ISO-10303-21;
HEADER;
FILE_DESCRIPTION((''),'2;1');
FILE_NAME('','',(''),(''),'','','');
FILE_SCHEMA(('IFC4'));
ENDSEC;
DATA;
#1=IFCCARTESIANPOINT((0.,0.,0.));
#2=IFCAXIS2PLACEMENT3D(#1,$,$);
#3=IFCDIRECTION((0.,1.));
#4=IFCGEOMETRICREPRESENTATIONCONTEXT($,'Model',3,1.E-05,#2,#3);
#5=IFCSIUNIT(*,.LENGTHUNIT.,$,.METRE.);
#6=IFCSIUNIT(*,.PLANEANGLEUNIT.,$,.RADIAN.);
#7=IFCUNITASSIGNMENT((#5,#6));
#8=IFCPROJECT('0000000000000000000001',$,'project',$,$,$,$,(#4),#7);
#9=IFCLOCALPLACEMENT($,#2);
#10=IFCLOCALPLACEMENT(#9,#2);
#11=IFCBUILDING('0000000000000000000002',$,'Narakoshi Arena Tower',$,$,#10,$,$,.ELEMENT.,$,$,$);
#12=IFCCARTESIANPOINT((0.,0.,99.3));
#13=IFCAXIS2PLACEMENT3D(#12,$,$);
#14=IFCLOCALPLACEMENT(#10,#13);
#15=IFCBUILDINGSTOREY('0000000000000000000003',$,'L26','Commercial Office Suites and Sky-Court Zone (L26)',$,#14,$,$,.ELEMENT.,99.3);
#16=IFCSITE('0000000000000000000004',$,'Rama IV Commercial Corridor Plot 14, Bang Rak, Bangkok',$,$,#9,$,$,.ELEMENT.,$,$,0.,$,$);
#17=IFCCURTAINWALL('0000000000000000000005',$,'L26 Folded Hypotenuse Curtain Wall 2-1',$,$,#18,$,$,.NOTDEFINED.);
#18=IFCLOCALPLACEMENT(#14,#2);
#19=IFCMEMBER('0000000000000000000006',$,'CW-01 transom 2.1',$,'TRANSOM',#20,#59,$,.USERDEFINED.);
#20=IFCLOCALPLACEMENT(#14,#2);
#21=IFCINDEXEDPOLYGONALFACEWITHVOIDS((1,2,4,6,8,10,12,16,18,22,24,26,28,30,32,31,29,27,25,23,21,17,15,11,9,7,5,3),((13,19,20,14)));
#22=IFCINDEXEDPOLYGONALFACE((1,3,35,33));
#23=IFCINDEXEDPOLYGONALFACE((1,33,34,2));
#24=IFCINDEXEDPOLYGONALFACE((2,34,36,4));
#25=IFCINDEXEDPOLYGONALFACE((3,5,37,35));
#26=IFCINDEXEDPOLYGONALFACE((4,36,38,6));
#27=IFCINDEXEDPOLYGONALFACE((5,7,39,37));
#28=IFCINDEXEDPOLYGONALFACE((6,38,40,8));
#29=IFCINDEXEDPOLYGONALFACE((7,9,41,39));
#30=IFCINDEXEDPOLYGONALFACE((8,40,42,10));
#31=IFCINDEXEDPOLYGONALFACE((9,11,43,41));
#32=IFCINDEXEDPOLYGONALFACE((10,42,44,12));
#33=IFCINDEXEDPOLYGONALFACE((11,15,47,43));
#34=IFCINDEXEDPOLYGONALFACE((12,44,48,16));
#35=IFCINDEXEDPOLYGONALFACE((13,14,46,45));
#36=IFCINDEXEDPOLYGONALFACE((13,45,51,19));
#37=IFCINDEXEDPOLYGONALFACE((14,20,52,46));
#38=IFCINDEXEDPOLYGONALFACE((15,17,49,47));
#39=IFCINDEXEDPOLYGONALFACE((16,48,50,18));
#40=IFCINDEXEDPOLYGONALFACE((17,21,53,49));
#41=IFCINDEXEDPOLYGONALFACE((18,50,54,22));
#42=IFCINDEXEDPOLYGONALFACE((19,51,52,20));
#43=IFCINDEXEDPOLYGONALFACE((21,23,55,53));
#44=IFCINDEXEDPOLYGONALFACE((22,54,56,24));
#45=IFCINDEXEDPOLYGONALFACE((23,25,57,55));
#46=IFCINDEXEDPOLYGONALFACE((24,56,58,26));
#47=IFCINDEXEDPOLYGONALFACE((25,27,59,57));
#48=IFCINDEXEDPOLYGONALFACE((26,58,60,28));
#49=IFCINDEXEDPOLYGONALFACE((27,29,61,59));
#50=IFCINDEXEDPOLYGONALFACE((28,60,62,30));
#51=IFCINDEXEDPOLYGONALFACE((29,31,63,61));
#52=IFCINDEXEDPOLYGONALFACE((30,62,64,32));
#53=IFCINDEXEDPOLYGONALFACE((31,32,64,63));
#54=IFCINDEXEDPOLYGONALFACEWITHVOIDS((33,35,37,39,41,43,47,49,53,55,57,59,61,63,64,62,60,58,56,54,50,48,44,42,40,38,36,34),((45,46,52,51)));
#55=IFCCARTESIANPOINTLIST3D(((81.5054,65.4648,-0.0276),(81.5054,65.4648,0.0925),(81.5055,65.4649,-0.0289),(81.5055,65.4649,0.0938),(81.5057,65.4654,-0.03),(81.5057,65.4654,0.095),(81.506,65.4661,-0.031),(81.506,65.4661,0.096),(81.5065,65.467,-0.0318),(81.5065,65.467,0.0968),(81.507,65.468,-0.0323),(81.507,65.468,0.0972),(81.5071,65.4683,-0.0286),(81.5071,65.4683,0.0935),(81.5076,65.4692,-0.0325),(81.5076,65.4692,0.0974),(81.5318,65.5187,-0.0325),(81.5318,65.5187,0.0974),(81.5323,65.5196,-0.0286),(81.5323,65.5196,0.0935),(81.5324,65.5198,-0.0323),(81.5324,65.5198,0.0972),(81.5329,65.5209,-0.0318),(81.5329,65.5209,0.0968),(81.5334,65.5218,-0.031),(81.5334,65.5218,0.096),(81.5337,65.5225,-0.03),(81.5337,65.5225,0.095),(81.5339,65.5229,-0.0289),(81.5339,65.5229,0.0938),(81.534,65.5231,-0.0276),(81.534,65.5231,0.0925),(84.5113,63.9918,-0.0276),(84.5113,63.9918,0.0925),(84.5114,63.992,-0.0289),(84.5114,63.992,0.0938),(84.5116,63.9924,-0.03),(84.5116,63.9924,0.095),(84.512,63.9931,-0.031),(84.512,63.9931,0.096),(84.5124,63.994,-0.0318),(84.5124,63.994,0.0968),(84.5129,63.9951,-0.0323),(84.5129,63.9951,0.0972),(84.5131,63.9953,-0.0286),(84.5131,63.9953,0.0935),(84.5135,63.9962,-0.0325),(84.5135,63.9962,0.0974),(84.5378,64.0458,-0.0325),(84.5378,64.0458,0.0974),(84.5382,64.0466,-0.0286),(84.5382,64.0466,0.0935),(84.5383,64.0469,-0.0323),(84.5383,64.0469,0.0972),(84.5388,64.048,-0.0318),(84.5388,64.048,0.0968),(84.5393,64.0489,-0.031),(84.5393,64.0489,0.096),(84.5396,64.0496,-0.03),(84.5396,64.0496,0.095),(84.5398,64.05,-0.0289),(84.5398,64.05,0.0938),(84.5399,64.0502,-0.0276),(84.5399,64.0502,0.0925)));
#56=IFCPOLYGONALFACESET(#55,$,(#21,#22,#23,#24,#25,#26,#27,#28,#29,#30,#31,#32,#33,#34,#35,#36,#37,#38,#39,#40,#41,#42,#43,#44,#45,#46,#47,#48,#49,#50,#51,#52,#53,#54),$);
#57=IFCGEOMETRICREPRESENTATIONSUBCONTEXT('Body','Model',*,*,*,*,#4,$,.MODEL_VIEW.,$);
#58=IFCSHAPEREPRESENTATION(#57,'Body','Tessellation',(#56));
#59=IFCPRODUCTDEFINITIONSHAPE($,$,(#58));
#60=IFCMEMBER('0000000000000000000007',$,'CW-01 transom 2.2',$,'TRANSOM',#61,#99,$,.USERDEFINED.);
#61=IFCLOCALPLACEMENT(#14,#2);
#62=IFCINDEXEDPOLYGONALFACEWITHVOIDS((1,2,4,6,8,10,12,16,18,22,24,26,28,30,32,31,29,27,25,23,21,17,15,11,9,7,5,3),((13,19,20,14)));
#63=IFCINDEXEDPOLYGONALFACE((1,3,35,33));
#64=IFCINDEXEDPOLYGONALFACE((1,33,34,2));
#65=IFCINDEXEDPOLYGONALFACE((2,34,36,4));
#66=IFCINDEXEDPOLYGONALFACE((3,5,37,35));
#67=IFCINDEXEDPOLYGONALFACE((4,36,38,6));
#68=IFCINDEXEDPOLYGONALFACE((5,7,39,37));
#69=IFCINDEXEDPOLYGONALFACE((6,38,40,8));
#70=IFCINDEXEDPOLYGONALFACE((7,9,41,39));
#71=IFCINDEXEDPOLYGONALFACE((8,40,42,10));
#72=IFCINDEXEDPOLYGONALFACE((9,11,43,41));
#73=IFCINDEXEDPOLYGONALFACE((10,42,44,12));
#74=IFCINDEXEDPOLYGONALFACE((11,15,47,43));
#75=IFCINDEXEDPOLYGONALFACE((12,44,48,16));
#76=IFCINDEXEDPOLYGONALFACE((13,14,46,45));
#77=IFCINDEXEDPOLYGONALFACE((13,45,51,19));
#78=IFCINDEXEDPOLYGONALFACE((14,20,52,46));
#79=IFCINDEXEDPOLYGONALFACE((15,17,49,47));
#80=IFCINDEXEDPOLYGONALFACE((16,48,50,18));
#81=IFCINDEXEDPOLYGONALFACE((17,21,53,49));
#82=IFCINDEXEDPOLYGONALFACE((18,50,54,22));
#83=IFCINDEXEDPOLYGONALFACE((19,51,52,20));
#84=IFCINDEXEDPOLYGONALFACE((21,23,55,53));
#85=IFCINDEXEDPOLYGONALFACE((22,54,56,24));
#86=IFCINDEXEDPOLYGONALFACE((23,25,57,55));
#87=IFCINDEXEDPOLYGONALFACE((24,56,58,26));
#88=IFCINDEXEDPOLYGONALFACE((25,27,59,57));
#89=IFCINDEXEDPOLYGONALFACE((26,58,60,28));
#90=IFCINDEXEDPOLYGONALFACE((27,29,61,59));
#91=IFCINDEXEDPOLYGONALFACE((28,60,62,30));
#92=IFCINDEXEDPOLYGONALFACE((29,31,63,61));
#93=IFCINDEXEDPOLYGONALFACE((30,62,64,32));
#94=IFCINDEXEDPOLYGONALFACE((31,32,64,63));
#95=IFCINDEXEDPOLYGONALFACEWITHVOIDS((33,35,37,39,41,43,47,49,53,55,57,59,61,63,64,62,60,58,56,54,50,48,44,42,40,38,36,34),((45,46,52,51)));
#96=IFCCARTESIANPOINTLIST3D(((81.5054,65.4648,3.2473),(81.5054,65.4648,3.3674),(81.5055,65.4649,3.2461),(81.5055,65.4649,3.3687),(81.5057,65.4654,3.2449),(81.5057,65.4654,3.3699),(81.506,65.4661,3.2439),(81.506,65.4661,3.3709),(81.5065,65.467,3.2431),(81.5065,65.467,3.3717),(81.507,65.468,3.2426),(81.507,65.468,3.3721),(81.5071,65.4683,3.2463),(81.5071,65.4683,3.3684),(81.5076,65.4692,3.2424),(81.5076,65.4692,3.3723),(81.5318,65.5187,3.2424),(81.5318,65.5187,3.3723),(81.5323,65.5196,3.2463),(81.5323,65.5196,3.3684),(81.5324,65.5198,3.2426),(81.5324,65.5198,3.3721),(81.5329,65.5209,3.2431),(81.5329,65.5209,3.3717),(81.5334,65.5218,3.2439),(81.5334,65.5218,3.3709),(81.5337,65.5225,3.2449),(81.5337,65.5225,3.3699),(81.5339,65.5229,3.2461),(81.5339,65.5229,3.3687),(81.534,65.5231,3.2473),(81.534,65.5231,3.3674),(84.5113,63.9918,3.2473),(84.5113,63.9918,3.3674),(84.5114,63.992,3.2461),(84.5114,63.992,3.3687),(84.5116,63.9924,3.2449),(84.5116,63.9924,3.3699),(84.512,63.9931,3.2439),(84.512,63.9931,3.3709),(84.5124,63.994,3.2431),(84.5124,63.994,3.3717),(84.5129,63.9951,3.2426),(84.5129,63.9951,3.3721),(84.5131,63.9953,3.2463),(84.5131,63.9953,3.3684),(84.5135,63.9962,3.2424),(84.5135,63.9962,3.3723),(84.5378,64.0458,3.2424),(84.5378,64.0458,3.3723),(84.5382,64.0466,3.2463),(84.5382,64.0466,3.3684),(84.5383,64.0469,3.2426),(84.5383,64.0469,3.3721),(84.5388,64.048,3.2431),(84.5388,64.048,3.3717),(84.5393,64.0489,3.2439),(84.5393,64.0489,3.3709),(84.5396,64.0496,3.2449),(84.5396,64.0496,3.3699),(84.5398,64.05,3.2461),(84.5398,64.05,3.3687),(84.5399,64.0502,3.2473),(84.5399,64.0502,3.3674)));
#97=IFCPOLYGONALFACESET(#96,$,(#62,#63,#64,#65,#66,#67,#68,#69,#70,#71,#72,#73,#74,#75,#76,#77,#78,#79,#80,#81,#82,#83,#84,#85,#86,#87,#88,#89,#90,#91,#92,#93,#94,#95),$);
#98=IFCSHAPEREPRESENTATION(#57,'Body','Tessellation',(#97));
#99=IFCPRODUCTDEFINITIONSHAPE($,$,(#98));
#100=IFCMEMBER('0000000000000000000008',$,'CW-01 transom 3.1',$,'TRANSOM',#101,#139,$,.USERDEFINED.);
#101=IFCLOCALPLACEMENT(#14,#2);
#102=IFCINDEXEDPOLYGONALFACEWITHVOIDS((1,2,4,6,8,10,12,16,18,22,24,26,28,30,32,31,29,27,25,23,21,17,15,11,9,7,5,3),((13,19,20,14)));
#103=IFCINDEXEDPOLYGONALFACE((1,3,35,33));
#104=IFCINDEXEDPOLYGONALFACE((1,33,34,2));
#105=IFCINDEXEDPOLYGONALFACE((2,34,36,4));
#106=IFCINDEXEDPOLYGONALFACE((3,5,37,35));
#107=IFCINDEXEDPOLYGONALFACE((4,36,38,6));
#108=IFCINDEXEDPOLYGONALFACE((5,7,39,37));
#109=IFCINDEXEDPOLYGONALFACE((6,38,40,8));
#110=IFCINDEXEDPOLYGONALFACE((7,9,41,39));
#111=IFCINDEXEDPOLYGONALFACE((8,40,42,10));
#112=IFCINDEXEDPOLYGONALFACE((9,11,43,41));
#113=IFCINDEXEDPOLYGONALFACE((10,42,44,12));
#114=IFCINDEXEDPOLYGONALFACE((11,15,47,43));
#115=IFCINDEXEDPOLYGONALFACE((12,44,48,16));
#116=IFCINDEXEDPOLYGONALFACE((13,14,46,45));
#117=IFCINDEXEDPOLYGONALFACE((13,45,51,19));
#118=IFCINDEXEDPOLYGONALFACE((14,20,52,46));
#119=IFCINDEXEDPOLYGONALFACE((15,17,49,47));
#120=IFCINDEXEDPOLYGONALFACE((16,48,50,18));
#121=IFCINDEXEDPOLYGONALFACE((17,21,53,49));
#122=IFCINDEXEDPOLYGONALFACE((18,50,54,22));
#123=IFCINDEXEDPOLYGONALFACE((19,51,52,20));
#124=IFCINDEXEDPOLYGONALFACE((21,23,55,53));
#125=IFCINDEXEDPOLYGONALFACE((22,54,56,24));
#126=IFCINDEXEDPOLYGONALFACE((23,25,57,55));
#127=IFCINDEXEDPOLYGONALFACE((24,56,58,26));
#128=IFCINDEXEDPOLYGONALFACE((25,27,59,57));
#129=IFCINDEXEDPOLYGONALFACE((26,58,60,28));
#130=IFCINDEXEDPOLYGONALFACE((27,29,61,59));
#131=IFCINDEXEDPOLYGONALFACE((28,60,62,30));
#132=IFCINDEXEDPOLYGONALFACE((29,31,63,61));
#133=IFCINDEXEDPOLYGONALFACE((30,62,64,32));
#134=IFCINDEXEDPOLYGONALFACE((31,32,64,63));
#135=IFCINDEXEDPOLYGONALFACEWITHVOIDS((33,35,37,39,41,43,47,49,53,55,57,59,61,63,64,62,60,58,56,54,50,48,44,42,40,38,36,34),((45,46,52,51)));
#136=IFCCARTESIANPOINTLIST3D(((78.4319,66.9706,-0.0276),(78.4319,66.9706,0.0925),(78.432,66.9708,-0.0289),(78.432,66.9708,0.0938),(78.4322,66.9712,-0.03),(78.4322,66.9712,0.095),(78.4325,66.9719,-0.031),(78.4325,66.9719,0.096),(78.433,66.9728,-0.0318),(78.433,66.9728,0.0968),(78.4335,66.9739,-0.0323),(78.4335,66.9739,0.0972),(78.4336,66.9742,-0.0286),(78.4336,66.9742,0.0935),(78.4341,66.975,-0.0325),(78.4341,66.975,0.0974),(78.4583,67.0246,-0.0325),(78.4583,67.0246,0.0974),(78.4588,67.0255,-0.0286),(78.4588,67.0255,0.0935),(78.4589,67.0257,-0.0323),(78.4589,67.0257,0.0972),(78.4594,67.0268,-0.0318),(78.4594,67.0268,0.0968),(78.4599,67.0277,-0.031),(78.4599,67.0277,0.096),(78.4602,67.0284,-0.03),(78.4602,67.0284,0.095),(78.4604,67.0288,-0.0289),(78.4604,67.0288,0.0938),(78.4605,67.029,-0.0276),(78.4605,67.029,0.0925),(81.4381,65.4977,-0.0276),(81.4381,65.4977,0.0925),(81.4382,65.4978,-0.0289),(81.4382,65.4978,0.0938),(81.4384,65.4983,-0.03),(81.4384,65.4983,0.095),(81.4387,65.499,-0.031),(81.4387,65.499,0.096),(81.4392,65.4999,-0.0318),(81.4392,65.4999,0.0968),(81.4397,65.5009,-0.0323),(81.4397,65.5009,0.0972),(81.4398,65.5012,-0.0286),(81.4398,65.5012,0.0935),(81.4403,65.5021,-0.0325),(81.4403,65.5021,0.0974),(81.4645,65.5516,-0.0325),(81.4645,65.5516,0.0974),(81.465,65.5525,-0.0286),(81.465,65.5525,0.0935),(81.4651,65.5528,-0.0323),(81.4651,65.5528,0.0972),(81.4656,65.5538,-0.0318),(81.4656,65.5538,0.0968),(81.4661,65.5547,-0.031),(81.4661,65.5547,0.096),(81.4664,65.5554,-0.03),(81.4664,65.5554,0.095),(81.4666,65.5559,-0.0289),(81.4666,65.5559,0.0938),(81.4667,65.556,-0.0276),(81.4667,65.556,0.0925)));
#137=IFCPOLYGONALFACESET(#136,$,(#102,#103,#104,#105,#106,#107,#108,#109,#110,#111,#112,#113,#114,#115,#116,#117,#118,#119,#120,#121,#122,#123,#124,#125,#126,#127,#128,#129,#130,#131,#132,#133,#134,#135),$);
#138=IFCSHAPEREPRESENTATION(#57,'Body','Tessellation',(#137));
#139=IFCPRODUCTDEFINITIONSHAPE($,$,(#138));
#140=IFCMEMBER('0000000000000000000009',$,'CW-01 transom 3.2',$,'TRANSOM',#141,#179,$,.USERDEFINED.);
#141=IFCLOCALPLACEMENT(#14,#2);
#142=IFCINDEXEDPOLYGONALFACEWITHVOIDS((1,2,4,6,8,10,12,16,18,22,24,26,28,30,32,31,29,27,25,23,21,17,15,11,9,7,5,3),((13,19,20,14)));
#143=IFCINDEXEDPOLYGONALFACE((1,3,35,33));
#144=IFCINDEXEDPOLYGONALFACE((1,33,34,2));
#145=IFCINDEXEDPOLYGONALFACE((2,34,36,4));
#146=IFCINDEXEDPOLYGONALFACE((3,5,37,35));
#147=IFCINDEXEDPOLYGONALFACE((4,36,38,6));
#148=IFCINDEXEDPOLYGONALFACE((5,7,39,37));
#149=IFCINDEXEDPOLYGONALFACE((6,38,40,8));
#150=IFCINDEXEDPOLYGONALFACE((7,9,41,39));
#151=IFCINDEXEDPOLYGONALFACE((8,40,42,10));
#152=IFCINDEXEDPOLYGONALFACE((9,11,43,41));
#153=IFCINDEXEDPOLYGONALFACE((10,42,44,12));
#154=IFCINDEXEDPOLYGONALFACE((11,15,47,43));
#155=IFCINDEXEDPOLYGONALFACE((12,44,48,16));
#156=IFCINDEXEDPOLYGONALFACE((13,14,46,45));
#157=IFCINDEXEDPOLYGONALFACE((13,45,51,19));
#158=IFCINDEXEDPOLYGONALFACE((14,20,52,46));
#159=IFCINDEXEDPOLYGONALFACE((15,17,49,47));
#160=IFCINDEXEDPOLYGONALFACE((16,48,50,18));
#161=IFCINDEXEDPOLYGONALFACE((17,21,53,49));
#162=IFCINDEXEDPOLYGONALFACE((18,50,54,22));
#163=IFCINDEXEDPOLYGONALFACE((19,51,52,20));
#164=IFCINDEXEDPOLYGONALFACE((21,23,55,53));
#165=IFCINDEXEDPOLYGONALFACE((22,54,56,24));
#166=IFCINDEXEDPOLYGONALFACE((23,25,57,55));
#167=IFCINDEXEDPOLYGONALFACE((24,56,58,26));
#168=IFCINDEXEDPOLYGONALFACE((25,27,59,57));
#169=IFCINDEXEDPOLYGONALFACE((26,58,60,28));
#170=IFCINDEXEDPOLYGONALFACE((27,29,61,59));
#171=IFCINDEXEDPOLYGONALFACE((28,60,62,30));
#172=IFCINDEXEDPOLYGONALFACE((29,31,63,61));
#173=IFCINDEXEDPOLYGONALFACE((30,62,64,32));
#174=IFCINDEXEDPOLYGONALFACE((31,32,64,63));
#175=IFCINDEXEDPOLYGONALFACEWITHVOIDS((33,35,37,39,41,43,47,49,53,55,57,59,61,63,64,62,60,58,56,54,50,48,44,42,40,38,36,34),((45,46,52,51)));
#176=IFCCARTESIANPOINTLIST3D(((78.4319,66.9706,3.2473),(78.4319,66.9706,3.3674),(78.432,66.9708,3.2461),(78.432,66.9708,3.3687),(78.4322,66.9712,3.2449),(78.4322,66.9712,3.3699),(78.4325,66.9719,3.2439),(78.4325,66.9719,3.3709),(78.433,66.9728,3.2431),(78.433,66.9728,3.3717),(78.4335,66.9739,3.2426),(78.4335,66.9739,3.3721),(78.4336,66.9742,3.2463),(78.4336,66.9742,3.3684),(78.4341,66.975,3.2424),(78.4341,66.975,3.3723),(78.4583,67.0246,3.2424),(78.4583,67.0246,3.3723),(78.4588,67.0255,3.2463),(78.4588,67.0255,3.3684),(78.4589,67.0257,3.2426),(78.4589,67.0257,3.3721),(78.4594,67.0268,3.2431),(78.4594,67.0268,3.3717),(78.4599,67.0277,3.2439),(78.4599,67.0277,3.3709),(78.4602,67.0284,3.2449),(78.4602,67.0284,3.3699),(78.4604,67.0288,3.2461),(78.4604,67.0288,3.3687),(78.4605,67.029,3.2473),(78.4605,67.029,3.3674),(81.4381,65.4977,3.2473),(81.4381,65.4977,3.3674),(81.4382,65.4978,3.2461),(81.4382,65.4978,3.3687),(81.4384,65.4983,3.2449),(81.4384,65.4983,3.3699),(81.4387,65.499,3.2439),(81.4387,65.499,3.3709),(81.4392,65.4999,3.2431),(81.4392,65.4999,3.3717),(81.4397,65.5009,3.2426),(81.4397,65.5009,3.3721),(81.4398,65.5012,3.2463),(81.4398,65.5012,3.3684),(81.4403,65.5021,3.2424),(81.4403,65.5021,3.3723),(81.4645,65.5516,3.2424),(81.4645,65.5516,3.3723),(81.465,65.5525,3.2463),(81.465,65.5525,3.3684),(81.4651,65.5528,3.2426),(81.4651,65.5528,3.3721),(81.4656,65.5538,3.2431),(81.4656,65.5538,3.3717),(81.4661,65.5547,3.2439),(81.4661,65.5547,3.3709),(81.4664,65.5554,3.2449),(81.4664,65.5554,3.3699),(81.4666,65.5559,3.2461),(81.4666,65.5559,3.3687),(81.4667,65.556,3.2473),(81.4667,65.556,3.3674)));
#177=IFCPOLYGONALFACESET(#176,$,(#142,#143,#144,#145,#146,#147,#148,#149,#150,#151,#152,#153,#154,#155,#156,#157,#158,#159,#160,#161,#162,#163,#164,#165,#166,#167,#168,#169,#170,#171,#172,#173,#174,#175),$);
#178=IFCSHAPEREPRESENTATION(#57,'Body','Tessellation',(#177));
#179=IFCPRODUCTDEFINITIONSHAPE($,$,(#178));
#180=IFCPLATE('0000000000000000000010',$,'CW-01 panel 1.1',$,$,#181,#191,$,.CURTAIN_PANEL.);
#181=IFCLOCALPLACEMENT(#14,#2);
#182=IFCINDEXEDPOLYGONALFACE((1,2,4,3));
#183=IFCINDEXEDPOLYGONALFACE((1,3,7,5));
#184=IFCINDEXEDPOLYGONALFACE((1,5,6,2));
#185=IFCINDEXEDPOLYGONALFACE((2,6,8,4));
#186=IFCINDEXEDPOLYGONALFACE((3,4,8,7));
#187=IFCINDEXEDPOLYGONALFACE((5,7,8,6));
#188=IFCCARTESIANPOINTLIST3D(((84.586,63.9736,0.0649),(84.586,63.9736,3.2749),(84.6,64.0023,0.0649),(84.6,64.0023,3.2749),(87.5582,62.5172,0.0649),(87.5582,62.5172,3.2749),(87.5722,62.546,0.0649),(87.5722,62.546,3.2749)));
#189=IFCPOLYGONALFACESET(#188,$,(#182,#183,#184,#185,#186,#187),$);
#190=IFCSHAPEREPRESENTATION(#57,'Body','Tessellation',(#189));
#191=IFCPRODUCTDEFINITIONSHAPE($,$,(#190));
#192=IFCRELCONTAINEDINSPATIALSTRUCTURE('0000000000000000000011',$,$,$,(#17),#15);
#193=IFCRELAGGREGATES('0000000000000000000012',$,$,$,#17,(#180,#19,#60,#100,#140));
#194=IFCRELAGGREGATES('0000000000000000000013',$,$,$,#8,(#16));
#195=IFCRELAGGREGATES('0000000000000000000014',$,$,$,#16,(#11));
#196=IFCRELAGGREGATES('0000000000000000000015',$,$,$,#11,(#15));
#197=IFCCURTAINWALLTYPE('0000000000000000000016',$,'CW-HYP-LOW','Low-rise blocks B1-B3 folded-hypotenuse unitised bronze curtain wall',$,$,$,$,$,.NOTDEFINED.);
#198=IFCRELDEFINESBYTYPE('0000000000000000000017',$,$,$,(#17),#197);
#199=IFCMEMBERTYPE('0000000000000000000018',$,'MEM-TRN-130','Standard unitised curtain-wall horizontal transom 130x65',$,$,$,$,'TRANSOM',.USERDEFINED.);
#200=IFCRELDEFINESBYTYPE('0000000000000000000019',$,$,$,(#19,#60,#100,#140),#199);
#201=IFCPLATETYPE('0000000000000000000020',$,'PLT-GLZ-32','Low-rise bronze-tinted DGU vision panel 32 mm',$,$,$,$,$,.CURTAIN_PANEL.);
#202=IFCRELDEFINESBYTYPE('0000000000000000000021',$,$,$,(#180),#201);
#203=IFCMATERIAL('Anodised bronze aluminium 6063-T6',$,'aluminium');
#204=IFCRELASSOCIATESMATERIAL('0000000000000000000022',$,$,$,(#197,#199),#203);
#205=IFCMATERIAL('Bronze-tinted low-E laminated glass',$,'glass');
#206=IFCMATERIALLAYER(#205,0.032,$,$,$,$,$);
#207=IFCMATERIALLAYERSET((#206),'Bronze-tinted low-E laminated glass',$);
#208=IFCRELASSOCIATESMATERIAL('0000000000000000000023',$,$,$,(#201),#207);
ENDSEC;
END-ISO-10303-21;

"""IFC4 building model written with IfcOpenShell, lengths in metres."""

from ifc_helpers import new_model, si_unit, direction, frame, origin, origin_2d, place, context, subcontext, project, spatial, rectangle, hollow_rectangle, extrude, material, layer, layer_set, material_profile, profile_set, type_object, element, aggregate, save


model = new_model("IFC4")

# Units and contexts
model_context = context("Model", 3, precision=1e-05, world=origin(), true_north=direction((0.0, 1.0)))
body_context = subcontext(model_context, "Body", "Model", "MODEL_VIEW")
ifc_project = project(units=[si_unit("LENGTHUNIT", "METRE"), si_unit("PLANEANGLEUNIT", "RADIAN")], contexts=[model_context])

# Site, building, storey
site_placement = place(None, origin())
site = spatial("IfcSite", under=ifc_project, at=site_placement, Name="Rama IV Commercial Corridor Plot 14, Bang Rak, Bangkok", CompositionType="ELEMENT", RefElevation=0.0)
building_placement = place(site_placement, origin())
building = spatial("IfcBuilding", under=site, at=building_placement, Name="Narakoshi Arena Tower", CompositionType="ELEMENT")
storey_placement = place(building_placement, frame((0.0, 0.0, 99.3)))
storey = spatial("IfcBuildingStorey", under=building, at=storey_placement, Name="L26", Description="Commercial Office Suites and Sky-Court Zone (L26)", CompositionType="ELEMENT", Elevation=99.3)

# Curtain wall, members, plate
ifc_material_1 = material(Name="Anodised bronze aluminium 6063-T6", Category="aluminium")
curtain_wall_type = type_object("IfcCurtainWallType", Name="CW-HYP-LOW", Description="Low-rise blocks B1-B3 folded-hypotenuse unitised bronze curtain wall", PredefinedType="NOTDEFINED", material=ifc_material_1)
curtain_wall_placement = place(storey_placement, origin())
curtain_wall = element("IfcCurtainWall", 1, at=curtain_wall_placement, inside=storey, type_object=curtain_wall_type, Name="L26 Folded Hypotenuse Curtain Wall 2-1", PredefinedType="NOTDEFINED")
ifc_material_profile_1 = material_profile(ifc_material_1, hollow_rectangle(XDim=0.0649, YDim=0.1299, WallThickness=0.0039, OuterFilletRadius=0.0049, at=origin_2d()), Name="TRN130x65x4")
ifc_profile_set_1 = profile_set([ifc_material_profile_1], Name="Anodised bronze aluminium 6063-T6")
member_type_1 = type_object("IfcMemberType", Name="MEM-TRN-130", Description="Standard unitised curtain-wall horizontal transom 130x65", ElementType="TRANSOM", PredefinedType="USERDEFINED", material=ifc_profile_set_1)
member_1_placement = place(storey_placement, frame((84.5256, 64.021, 0.0325), z_axis=(-0.897987, 0.440022, 0.0), x_axis=(-0.440022, -0.897987, 0.0)))
member_1 = element("IfcMember", 2, at=member_1_placement, type_object=member_type_1, Name="CW-01 transom 2.1", ObjectType="TRANSOM", PredefinedType="USERDEFINED", context=body_context, shape_type="SweptSolid", body=[
    extrude(hollow_rectangle(XDim=0.0649, YDim=0.1299, WallThickness=0.0039, OuterFilletRadius=0.0049, at=origin_2d()), origin(), (0.0, 0.0, 1.0), 3.3474),
])
member_2_placement = place(storey_placement, frame((84.5256, 64.021, 3.3074), z_axis=(-0.897987, 0.440022, 0.0), x_axis=(-0.440022, -0.897987, 0.0)))
member_2 = element("IfcMember", 3, at=member_2_placement, type_object=member_type_1, Name="CW-01 transom 2.2", ObjectType="TRANSOM", PredefinedType="USERDEFINED", context=body_context, shape_type="SweptSolid", body=[
    extrude(hollow_rectangle(XDim=0.0649, YDim=0.1299, WallThickness=0.0039, OuterFilletRadius=0.0049, at=origin_2d()), origin(), (0.0, 0.0, 1.0), 3.3474),
])
member_3_placement = place(storey_placement, frame((81.4524, 65.5269, 0.0325), z_axis=(-0.898001, 0.439993, 0.0), x_axis=(-0.439993, -0.898001, 0.0)))
member_3 = element("IfcMember", 4, at=member_3_placement, type_object=member_type_1, Name="CW-01 transom 3.1", ObjectType="TRANSOM", PredefinedType="USERDEFINED", context=body_context, shape_type="SweptSolid", body=[
    extrude(hollow_rectangle(XDim=0.0649, YDim=0.1299, WallThickness=0.0039, OuterFilletRadius=0.0049, at=origin_2d()), origin(), (0.0, 0.0, 1.0), 3.3477),
])
member_4_placement = place(storey_placement, frame((81.4524, 65.5269, 3.3074), z_axis=(-0.898001, 0.439993, 0.0), x_axis=(-0.439993, -0.898001, 0.0)))
member_4 = element("IfcMember", 5, at=member_4_placement, type_object=member_type_1, Name="CW-01 transom 3.2", ObjectType="TRANSOM", PredefinedType="USERDEFINED", context=body_context, shape_type="SweptSolid", body=[
    extrude(hollow_rectangle(XDim=0.0649, YDim=0.1299, WallThickness=0.0039, OuterFilletRadius=0.0049, at=origin_2d()), origin(), (0.0, 0.0, 1.0), 3.3477),
])
ifc_material_2 = material(Name="Bronze-tinted low-E laminated glass", Category="glass")
ifc_layer_1 = layer(ifc_material_2, 0.032)
ifc_layer_set_1 = layer_set([ifc_layer_1], Name="Bronze-tinted low-E laminated glass")
plate_type = type_object("IfcPlateType", Name="PLT-GLZ-32", Description="Low-rise bronze-tinted DGU vision panel 32 mm", PredefinedType="CURTAIN_PANEL", material=ifc_layer_set_1)
plate_1_placement = place(storey_placement, frame((86.0791, 63.2598, 0.0649), z_axis=(0.0, 0.0, 1.0), x_axis=(-0.897996, 0.440005, 0.0)))
plate_1 = element("IfcPlate", 6, at=plate_1_placement, type_object=plate_type, Name="CW-01 panel 1.1", PredefinedType="CURTAIN_PANEL", context=body_context, shape_type="SweptSolid", body=[
    extrude(rectangle(XDim=3.3098, YDim=0.032, at=origin_2d()), origin(), (0.0, 0.0, 1.0), 3.21),
])
aggregate(curtain_wall, [plate_1, member_1, member_2, member_3, member_4])

save(model, "model.ifc")
